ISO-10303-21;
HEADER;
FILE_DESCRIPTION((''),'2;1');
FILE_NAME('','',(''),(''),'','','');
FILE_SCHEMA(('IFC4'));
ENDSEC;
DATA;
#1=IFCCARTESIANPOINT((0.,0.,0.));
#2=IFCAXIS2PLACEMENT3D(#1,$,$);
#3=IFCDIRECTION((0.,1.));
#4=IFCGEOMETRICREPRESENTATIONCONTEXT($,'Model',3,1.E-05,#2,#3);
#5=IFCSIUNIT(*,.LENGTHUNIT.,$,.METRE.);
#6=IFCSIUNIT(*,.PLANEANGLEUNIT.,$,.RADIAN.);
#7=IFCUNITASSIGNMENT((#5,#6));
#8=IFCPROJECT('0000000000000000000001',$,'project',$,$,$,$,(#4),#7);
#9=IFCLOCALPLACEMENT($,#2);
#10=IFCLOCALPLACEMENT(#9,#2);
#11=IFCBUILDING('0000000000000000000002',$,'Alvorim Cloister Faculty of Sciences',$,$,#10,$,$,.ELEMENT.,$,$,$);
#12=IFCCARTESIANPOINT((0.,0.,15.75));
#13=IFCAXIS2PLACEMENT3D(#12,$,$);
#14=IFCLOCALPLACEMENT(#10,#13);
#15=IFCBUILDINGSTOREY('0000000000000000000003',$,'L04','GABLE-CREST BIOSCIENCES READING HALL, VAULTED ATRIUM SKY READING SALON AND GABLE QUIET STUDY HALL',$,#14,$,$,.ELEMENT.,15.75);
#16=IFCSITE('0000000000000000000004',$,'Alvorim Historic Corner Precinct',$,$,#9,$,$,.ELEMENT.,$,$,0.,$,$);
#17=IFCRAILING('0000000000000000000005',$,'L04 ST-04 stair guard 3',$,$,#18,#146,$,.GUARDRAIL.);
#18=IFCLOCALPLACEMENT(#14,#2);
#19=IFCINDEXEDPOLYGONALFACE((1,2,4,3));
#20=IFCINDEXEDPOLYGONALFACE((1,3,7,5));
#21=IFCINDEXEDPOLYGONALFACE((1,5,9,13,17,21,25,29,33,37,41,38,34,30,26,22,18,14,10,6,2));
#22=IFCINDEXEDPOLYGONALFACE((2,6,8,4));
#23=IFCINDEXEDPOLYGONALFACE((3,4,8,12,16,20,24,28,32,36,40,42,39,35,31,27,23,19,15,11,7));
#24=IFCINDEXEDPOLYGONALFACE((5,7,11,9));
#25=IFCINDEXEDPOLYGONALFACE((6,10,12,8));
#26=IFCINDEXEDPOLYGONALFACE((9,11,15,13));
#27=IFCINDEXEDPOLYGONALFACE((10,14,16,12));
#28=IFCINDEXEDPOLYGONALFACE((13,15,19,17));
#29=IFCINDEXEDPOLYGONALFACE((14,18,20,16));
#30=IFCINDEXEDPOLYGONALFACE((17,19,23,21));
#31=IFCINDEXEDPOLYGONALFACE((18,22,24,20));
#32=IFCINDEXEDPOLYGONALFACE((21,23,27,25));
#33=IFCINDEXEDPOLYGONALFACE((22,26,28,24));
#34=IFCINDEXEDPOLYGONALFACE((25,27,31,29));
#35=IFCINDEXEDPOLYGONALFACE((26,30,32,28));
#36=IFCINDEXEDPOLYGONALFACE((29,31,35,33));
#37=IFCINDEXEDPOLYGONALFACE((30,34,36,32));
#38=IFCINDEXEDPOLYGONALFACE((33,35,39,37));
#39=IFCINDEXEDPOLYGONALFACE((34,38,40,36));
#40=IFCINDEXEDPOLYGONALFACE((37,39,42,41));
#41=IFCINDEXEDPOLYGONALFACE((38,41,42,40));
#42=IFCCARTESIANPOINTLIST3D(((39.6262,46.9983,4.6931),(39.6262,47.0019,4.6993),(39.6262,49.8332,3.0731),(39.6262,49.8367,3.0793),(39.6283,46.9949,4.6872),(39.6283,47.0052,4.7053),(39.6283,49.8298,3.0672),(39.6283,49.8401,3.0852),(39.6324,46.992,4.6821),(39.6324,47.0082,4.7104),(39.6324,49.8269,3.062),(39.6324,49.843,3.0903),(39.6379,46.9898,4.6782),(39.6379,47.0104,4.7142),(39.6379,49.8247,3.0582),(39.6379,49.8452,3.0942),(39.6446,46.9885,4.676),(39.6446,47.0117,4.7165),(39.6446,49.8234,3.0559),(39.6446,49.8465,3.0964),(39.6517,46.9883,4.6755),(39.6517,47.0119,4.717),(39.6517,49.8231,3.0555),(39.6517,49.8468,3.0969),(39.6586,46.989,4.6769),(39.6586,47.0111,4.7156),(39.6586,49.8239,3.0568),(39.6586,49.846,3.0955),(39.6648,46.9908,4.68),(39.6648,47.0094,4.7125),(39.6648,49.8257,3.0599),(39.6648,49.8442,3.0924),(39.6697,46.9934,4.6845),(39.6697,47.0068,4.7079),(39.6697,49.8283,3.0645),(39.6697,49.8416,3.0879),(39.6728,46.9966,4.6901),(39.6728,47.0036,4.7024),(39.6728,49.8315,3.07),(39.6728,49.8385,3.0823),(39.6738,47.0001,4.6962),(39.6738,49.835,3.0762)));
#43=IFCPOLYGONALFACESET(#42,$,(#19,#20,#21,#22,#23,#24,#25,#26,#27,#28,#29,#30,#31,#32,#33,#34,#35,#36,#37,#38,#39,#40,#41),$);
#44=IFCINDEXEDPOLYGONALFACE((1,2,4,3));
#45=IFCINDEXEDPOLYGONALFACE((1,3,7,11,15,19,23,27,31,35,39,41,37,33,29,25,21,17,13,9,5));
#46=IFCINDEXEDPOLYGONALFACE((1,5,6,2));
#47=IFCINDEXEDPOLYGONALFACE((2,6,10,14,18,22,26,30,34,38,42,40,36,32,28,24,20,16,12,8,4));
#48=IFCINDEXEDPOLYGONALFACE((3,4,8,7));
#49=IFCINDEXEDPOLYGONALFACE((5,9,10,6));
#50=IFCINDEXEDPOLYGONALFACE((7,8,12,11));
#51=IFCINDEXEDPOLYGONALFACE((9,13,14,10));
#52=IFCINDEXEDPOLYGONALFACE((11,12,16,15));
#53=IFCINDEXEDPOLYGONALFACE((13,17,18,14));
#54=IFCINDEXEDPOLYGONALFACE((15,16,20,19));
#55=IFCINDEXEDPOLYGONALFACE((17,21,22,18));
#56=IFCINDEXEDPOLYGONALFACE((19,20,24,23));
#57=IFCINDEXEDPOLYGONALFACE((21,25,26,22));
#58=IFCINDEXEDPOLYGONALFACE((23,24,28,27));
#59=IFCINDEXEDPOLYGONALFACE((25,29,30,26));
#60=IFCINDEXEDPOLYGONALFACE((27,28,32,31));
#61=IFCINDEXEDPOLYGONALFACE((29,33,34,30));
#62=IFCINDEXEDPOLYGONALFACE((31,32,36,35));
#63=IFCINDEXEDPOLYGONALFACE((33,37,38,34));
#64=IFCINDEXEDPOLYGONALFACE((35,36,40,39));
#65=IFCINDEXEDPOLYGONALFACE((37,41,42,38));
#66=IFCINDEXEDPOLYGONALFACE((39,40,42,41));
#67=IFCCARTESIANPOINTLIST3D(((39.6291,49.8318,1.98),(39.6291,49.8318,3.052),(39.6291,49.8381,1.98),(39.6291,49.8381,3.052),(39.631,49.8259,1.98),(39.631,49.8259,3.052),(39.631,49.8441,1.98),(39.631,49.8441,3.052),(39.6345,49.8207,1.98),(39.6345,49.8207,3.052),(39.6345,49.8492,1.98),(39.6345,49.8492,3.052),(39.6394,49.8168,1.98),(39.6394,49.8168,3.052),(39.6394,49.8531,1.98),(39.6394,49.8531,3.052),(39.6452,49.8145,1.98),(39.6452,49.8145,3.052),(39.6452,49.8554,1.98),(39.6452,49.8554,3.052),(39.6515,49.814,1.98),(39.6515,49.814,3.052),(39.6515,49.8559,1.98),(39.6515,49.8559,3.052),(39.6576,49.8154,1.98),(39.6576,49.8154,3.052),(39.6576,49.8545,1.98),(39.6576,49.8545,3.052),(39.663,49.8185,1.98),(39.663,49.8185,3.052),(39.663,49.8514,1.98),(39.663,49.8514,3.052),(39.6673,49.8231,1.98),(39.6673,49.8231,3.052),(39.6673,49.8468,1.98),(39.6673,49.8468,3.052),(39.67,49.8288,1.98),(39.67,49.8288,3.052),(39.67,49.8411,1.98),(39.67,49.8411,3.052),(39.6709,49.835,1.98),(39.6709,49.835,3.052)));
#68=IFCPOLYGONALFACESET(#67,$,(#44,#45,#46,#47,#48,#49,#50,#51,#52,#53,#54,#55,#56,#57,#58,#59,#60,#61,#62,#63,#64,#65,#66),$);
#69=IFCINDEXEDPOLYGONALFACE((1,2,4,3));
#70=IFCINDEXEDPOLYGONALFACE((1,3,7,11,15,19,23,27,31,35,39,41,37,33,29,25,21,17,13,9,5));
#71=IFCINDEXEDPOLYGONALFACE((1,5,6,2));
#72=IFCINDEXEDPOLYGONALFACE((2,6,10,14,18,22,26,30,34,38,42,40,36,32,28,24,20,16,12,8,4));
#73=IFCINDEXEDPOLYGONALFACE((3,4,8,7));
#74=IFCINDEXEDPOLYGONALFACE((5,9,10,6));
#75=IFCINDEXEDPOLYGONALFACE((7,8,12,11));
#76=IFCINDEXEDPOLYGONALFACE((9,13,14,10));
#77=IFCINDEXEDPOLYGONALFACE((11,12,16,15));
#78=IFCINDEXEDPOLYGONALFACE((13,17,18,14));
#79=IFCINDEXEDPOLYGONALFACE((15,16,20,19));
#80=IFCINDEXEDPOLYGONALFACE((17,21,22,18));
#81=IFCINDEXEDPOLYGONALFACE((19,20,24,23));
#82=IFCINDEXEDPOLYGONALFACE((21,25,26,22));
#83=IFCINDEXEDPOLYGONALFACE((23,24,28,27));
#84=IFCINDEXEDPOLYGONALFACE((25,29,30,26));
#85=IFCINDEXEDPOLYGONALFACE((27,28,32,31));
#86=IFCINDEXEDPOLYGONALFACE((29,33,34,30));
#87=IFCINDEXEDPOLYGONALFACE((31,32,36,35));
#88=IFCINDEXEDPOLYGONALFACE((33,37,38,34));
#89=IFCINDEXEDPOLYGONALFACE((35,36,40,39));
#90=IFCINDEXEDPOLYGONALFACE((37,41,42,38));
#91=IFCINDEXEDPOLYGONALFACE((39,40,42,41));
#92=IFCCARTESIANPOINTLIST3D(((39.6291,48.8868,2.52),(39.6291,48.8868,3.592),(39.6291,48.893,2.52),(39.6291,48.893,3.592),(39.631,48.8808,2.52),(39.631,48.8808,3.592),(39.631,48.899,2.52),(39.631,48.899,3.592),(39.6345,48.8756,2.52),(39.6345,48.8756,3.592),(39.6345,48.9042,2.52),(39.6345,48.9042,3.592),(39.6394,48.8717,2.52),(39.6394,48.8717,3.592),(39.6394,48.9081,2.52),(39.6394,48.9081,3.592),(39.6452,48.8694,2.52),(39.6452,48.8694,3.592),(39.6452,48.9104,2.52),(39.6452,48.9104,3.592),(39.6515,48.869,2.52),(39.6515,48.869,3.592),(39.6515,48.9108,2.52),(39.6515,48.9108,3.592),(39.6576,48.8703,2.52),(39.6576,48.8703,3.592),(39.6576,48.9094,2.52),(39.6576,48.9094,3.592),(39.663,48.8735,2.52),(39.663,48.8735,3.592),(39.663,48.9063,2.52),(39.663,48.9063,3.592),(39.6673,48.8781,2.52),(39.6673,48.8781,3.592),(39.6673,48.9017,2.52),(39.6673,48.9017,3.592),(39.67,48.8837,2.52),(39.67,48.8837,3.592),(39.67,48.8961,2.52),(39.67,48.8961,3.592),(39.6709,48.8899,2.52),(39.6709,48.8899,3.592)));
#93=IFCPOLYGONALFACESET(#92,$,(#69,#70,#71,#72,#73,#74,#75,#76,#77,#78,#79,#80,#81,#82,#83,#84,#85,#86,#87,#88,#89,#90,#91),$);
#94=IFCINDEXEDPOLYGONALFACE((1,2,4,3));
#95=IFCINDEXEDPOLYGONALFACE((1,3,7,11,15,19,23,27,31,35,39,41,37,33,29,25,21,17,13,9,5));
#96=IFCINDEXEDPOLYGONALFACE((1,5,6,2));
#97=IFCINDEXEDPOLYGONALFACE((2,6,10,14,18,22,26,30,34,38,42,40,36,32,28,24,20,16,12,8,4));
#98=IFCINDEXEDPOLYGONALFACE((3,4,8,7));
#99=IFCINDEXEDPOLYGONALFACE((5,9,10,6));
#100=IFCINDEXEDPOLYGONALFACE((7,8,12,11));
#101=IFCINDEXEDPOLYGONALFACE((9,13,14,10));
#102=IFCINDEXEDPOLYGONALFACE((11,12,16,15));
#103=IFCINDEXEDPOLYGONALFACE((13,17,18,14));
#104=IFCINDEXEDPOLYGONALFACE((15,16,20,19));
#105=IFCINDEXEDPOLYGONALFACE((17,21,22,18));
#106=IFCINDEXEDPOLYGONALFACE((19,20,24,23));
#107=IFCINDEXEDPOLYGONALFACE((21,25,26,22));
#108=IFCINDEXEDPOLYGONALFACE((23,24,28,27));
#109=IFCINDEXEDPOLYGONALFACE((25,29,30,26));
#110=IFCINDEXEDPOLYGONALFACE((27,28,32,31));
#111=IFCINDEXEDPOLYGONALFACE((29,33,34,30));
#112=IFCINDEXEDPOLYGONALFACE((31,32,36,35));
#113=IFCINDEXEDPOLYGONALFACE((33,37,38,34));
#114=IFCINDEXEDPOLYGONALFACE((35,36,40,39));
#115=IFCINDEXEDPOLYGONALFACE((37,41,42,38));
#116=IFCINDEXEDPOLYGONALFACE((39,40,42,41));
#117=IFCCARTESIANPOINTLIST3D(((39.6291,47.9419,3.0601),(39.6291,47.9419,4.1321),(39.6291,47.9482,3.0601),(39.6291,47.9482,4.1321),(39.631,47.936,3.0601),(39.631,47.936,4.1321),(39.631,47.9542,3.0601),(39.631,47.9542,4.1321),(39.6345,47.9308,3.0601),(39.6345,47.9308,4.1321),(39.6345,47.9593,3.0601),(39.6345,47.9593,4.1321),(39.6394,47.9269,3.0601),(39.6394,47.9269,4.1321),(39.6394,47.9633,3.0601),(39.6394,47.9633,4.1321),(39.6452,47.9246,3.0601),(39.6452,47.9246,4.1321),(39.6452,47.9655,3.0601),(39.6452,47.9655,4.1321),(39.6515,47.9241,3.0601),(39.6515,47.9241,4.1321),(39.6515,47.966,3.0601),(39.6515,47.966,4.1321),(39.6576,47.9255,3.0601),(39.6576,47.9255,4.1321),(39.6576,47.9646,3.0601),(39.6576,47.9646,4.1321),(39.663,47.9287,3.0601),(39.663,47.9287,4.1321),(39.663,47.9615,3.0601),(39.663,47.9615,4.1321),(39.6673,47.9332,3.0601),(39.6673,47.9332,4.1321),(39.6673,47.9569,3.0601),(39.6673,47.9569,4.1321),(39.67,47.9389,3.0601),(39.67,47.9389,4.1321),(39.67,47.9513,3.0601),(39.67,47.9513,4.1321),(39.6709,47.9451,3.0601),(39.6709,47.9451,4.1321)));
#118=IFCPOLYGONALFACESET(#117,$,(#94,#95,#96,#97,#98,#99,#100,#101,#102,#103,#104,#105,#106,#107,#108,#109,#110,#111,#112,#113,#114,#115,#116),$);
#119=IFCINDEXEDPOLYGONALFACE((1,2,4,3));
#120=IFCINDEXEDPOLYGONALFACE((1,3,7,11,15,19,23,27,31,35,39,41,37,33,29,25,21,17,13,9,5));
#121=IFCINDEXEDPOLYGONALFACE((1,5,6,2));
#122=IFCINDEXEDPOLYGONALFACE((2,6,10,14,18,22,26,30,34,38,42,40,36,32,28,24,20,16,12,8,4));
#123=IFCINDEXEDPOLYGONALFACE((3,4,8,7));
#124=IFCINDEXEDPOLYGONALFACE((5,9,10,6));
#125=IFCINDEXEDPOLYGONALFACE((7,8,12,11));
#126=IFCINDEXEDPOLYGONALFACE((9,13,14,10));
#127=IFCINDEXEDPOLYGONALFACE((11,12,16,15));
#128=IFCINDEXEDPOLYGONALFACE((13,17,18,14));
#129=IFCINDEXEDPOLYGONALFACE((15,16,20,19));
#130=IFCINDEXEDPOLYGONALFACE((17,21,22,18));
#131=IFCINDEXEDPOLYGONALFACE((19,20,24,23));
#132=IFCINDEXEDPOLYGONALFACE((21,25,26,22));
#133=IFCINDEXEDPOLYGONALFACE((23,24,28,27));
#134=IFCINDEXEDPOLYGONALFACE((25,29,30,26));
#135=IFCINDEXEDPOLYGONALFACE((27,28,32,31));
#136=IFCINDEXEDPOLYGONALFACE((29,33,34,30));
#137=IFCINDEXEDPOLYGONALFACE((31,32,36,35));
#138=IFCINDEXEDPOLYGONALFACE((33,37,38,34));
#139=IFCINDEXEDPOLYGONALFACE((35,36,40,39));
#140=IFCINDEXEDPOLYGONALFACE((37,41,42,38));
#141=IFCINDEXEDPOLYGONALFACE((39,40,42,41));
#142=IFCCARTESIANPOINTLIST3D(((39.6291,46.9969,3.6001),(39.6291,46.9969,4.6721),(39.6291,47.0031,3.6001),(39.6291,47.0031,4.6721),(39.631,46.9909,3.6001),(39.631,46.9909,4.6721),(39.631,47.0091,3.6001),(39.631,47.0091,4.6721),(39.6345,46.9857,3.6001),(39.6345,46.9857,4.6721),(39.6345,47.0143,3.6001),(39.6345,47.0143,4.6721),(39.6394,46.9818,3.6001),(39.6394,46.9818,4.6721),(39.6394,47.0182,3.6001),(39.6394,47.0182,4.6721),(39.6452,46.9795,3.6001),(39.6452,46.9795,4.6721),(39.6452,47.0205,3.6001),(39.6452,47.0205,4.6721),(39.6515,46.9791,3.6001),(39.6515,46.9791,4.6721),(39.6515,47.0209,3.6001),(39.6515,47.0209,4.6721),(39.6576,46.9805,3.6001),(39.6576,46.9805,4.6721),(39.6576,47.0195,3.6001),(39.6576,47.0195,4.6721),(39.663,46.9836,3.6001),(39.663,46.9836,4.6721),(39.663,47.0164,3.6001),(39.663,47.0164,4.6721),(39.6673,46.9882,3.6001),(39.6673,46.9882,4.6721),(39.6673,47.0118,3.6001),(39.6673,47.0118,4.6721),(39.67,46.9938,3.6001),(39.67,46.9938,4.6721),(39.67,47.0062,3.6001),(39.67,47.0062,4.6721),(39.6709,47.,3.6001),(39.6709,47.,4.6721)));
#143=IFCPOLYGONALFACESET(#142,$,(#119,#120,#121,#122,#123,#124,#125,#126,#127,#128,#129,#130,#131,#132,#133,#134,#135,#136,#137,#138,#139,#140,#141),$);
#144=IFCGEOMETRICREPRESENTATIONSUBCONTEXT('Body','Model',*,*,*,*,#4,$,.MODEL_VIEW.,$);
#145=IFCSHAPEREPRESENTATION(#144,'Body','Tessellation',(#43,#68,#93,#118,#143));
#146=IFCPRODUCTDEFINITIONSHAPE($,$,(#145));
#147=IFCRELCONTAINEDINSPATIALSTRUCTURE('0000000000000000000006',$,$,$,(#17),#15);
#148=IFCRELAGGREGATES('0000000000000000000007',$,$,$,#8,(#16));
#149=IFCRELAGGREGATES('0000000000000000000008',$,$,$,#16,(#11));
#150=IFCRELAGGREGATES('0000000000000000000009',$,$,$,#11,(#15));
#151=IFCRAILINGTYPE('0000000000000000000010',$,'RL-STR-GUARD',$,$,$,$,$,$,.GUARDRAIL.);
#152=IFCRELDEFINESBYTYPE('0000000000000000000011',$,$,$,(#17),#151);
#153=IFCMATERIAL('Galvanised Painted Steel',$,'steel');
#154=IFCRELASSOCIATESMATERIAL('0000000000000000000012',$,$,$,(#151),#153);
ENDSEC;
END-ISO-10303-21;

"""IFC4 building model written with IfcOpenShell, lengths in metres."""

from ifc_helpers import new_model, si_unit, direction, frame, origin, origin_2d, place, context, subcontext, project, spatial, circle, extrude, material, type_object, element, save


model = new_model("IFC4")

# Units and contexts
model_context = context("Model", 3, precision=1e-05, world=origin(), true_north=direction((0.0, 1.0)))
body_context = subcontext(model_context, "Body", "Model", "MODEL_VIEW")
ifc_project = project(units=[si_unit("LENGTHUNIT", "METRE"), si_unit("PLANEANGLEUNIT", "RADIAN")], contexts=[model_context])

# Site, building, storey
site_placement = place(None, origin())
site = spatial("IfcSite", under=ifc_project, at=site_placement, Name="Alvorim Historic Corner Precinct", CompositionType="ELEMENT", RefElevation=0.0)
building_placement = place(site_placement, origin())
building = spatial("IfcBuilding", under=site, at=building_placement, Name="Alvorim Cloister Faculty of Sciences", CompositionType="ELEMENT")
storey_placement = place(building_placement, frame((0.0, 0.0, 15.75)))
storey = spatial("IfcBuildingStorey", under=building, at=storey_placement, Name="L04", Description="GABLE-CREST BIOSCIENCES READING HALL, VAULTED ATRIUM SKY READING SALON AND GABLE QUIET STUDY HALL", CompositionType="ELEMENT", Elevation=15.75)

# Railing
ifc_material_1 = material(Name="Galvanised Painted Steel", Category="steel")
railing_type_1 = type_object("IfcRailingType", Name="RL-STR-GUARD", PredefinedType="GUARDRAIL", material=ifc_material_1)
railing_1_placement = place(storey_placement, frame((39.6499, 49.835, 1.98)))
element("IfcRailing", 1, at=railing_1_placement, inside=storey, type_object=railing_type_1, Name="L04 ST-04 stair guard 3", PredefinedType="GUARDRAIL", context=body_context, shape_type="SweptSolid", body=[
    extrude(circle(Radius=0.0239, at=origin_2d()), frame((0.0, 0.0, 1.0962), z_axis=(0.0, -0.868225, 0.496171), x_axis=(1.0, 0.0, 0.0)), (0.0, 0.0, 1.0), 3.2651),
    extrude(circle(Radius=0.021, at=origin_2d()), origin(), (0.0, 0.0, 1.0), 1.072),
    extrude(circle(Radius=0.021, at=origin_2d()), frame((0.0, -0.9451, 0.54)), (0.0, 0.0, 1.0), 1.072),
    extrude(circle(Radius=0.021, at=origin_2d()), frame((0.0, -1.8899, 1.0801)), (0.0, 0.0, 1.0), 1.072),
    extrude(circle(Radius=0.021, at=origin_2d()), frame((0.0, -2.835, 1.6201)), (0.0, 0.0, 1.0), 1.072),
])

save(model, "model.ifc")
